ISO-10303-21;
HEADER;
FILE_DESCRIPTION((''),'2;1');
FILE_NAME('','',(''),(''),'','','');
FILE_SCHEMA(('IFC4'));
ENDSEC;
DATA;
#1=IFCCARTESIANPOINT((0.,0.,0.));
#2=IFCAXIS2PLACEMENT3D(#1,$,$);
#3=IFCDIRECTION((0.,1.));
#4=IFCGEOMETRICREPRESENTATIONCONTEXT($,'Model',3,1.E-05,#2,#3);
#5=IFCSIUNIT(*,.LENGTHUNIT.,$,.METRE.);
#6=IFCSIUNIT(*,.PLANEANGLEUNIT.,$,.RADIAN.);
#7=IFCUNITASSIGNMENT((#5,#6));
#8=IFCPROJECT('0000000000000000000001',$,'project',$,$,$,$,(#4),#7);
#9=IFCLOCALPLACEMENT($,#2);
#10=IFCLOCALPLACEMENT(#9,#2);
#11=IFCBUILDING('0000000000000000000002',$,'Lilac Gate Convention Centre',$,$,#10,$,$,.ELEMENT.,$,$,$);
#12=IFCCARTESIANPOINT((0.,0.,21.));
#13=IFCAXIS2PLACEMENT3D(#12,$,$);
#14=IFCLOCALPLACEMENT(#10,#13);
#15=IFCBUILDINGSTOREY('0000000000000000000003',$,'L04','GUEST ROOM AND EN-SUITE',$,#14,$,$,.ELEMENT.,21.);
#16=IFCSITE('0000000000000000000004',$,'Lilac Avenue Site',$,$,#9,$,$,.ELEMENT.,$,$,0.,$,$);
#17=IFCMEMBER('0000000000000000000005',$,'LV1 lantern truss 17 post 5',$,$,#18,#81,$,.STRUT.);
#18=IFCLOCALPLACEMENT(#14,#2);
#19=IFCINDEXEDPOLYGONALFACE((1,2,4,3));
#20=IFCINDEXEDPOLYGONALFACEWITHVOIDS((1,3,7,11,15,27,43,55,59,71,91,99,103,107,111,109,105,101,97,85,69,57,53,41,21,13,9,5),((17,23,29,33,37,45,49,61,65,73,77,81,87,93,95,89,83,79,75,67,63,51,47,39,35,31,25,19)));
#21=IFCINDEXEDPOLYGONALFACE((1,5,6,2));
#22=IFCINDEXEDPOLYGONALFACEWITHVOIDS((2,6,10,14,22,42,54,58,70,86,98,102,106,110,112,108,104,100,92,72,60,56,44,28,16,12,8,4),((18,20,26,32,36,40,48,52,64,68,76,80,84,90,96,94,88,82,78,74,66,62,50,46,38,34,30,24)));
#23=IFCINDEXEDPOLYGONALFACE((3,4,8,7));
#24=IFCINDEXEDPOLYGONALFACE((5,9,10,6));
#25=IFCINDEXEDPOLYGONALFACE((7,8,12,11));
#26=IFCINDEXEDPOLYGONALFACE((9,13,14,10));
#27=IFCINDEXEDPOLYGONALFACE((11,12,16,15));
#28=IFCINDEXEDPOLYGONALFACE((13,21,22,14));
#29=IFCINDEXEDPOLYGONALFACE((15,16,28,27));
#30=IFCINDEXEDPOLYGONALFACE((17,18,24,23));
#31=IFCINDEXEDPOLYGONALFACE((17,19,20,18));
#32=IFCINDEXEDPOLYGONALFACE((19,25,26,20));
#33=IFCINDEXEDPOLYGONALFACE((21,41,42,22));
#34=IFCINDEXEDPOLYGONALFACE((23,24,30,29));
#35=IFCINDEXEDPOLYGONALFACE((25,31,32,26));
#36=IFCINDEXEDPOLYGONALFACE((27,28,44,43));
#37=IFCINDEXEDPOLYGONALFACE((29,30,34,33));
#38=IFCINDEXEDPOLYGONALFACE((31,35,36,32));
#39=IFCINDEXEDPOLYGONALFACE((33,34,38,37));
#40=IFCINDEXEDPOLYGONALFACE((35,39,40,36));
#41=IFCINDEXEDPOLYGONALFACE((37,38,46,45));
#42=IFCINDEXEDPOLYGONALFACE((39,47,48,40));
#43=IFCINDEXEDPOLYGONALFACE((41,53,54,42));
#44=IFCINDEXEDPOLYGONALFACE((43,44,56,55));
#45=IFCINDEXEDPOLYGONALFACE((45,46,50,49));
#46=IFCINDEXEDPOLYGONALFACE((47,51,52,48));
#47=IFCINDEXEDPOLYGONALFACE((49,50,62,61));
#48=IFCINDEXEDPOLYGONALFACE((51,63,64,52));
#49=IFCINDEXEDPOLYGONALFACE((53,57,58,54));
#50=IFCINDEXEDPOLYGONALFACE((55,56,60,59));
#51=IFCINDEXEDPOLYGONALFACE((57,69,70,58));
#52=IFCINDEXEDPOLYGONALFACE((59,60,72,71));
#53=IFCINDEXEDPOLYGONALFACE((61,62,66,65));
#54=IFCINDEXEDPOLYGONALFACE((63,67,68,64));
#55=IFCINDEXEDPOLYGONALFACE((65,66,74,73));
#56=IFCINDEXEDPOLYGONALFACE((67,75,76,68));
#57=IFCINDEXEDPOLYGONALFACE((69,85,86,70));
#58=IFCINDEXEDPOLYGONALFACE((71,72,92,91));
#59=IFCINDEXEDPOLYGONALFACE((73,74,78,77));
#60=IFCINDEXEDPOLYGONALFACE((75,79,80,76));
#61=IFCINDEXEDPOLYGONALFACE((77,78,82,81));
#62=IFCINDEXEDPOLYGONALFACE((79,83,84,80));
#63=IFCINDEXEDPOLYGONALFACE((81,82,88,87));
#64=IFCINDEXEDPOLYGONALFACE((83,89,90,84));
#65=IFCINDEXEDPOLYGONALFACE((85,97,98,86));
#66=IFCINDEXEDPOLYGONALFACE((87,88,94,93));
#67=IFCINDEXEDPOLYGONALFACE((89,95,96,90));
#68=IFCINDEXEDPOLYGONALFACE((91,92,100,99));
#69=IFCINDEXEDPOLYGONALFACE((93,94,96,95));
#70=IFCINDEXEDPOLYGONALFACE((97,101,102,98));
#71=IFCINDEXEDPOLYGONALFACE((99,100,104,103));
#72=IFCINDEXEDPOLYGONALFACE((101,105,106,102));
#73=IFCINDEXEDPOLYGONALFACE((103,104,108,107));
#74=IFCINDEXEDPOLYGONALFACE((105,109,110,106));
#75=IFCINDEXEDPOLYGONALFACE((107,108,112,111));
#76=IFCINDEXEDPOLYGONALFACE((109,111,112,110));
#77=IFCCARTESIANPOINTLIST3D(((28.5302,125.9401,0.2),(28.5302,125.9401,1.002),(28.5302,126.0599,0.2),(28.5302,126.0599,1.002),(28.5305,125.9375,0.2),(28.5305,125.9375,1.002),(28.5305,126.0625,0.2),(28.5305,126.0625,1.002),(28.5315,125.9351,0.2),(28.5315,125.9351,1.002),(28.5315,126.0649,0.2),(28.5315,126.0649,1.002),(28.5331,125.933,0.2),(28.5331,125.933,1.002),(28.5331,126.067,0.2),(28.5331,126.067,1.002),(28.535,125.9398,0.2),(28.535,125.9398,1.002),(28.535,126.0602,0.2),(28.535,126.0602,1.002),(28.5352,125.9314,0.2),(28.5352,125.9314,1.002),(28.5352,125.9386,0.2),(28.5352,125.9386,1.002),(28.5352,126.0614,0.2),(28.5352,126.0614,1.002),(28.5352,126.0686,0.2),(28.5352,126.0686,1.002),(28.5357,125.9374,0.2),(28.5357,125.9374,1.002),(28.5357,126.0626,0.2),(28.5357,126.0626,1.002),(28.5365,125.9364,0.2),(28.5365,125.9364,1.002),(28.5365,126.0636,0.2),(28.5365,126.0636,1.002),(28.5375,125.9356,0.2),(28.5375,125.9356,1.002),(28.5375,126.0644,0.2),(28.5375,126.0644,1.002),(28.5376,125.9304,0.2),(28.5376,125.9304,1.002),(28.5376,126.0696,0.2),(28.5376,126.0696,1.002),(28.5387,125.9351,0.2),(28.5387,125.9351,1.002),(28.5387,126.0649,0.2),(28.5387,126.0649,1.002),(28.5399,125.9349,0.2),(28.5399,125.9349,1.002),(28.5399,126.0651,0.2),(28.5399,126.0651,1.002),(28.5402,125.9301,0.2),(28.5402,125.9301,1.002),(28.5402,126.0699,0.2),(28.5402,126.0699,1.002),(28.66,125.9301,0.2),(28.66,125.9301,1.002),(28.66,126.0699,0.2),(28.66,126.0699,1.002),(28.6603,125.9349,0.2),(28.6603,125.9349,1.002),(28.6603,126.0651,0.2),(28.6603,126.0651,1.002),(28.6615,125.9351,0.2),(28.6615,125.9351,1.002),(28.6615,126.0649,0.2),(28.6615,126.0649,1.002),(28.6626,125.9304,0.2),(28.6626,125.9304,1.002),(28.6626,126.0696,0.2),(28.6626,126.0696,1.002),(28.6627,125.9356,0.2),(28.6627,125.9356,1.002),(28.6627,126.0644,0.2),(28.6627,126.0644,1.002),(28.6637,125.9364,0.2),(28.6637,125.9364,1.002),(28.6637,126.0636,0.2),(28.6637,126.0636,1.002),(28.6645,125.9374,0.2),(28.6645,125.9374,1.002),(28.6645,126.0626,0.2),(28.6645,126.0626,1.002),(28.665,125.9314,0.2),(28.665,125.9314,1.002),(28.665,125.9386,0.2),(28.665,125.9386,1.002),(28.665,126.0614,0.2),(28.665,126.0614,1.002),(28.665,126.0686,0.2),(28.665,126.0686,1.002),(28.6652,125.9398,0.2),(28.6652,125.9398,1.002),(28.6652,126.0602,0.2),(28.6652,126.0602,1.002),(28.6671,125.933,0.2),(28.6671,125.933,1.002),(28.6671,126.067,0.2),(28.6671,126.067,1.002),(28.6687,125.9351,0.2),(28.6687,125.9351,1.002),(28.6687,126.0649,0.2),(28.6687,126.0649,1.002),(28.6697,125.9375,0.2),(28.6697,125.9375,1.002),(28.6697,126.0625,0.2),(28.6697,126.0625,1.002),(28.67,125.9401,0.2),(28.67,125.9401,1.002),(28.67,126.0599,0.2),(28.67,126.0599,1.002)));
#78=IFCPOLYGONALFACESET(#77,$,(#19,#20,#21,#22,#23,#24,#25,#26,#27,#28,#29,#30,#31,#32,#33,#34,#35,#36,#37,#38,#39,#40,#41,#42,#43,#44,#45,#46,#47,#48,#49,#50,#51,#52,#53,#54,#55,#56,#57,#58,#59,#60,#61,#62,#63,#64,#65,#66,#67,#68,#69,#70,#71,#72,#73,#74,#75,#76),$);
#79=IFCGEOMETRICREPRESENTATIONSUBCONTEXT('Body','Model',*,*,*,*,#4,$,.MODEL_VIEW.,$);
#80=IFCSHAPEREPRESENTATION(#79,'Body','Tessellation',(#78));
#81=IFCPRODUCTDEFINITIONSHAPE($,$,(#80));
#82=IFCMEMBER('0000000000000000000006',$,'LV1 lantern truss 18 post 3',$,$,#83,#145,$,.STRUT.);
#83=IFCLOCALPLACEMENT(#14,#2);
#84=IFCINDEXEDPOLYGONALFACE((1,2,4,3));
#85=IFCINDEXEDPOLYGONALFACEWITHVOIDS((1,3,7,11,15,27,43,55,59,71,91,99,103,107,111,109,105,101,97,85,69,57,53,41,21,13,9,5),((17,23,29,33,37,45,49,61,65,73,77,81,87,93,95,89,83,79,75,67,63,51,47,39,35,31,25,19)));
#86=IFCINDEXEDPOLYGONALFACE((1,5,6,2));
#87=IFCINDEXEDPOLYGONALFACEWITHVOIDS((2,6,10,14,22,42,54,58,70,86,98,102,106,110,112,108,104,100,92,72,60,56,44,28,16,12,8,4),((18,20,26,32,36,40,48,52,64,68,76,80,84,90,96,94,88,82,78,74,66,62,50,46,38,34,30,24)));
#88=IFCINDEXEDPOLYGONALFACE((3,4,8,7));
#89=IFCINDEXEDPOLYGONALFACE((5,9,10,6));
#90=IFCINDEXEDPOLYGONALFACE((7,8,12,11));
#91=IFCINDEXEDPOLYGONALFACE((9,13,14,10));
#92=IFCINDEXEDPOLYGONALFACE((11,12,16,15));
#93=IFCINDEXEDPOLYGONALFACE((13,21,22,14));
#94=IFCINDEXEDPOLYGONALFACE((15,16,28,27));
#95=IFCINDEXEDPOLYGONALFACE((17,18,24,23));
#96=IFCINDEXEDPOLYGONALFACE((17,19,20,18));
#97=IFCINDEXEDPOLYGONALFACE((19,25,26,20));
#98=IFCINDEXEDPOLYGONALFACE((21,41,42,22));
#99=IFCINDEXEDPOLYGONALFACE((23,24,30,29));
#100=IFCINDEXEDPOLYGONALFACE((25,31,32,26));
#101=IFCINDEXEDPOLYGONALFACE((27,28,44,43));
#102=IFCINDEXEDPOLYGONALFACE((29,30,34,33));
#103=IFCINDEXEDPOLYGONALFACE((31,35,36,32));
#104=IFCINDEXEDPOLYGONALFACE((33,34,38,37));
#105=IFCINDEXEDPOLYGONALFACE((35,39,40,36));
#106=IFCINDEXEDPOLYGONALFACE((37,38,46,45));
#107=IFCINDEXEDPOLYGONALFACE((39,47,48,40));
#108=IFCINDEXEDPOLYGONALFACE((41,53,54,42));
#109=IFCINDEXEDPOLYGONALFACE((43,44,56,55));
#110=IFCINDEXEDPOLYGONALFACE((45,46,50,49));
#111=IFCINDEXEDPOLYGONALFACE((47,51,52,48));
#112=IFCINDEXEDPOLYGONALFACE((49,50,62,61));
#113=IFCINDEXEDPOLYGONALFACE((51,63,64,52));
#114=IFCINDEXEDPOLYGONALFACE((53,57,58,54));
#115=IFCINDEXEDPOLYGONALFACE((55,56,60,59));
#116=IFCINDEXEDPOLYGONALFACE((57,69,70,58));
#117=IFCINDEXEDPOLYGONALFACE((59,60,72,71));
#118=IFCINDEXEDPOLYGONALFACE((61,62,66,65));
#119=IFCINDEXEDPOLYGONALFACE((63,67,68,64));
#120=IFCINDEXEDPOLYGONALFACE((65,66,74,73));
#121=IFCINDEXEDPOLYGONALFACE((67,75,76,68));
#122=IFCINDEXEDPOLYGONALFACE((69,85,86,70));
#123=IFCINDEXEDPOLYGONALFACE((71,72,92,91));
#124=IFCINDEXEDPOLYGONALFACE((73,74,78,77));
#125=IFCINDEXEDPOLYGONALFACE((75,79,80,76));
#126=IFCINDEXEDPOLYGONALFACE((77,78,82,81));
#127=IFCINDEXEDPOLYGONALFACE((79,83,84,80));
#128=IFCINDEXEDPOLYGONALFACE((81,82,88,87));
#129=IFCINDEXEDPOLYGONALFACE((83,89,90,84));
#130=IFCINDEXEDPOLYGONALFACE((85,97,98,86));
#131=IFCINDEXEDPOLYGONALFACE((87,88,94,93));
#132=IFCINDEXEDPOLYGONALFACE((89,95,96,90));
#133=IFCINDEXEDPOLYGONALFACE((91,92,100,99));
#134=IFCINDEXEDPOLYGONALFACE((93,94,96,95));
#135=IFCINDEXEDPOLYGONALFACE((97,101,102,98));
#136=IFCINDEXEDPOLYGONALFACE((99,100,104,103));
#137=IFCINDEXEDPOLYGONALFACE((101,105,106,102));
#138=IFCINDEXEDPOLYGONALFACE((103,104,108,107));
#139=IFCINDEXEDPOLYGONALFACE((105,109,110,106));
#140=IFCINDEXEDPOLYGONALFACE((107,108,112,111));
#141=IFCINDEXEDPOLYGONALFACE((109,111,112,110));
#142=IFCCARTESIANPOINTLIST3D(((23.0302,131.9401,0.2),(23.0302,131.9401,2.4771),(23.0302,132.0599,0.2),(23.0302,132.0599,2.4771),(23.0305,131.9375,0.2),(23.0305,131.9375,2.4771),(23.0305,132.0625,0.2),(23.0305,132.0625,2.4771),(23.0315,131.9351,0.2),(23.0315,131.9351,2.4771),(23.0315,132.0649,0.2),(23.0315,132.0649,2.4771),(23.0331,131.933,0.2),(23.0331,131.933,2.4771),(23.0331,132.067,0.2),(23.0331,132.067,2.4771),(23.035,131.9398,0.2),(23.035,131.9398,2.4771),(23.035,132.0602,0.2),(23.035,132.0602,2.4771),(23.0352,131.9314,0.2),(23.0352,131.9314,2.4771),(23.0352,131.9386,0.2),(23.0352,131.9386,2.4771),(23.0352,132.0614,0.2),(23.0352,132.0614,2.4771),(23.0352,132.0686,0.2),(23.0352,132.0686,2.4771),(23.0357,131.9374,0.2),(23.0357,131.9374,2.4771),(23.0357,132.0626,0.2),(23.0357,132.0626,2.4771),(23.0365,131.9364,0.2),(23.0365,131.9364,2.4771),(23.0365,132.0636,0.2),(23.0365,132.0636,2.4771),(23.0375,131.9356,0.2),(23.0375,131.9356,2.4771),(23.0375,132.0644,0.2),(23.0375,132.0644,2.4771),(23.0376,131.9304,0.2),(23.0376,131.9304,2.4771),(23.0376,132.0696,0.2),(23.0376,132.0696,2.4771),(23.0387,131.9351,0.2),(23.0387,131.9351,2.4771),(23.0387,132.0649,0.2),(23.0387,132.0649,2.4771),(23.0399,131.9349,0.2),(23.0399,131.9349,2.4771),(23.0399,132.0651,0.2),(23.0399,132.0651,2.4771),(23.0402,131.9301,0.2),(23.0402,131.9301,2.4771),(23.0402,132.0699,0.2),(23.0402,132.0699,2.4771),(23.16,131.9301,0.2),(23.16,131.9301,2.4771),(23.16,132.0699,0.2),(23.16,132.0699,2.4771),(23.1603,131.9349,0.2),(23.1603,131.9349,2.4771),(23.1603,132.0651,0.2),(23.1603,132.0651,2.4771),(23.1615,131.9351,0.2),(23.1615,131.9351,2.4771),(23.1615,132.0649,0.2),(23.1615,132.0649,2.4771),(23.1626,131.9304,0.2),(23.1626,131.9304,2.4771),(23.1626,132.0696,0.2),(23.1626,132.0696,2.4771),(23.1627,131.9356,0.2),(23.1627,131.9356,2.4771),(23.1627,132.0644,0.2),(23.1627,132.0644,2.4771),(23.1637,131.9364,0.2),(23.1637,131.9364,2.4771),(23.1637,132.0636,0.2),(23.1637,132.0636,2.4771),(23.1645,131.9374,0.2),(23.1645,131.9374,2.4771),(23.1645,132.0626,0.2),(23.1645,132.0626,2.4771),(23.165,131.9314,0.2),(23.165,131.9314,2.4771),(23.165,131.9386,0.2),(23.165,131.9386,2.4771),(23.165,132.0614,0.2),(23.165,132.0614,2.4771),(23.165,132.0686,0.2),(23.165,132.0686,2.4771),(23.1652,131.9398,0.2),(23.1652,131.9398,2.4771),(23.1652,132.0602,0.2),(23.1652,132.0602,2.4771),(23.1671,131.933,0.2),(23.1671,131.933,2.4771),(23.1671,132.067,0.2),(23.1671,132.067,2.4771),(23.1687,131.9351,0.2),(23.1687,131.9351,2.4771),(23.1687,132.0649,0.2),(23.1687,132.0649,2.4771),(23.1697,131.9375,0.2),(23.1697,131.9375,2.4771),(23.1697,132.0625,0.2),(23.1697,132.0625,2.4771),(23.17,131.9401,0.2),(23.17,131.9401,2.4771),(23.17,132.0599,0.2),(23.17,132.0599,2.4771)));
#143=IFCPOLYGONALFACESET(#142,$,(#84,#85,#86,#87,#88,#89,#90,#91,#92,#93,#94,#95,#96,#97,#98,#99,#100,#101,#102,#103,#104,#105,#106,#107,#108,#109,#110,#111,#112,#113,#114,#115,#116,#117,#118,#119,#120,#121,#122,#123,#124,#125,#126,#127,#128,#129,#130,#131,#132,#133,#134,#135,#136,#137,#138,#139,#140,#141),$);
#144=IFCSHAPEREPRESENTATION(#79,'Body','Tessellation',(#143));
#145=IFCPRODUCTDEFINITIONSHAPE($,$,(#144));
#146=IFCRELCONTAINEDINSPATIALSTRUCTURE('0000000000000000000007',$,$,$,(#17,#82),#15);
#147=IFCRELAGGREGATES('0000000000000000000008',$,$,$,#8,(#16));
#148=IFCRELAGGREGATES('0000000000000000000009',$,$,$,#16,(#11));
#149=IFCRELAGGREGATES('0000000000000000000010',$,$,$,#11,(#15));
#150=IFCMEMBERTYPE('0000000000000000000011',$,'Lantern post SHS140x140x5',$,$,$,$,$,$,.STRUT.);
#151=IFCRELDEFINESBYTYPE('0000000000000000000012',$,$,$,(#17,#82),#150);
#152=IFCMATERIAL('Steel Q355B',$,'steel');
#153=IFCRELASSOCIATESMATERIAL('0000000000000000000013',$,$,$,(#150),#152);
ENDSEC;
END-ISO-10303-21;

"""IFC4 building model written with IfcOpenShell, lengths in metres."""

from ifc_helpers import new_model, si_unit, direction, frame, origin, origin_2d, place, context, subcontext, project, spatial, hollow_rectangle, extrude, material, material_profile, profile_set, type_object, element, save


model = new_model("IFC4")

# Units and contexts
model_context = context("Model", 3, precision=1e-05, world=origin(), true_north=direction((0.0, 1.0)))
body_context = subcontext(model_context, "Body", "Model", "MODEL_VIEW")
ifc_project = project(units=[si_unit("LENGTHUNIT", "METRE"), si_unit("PLANEANGLEUNIT", "RADIAN")], contexts=[model_context])

# Site, building, storey
site_placement = place(None, origin())
site = spatial("IfcSite", under=ifc_project, at=site_placement, Name="Lilac Avenue Site", CompositionType="ELEMENT", RefElevation=0.0)
building_placement = place(site_placement, origin())
building = spatial("IfcBuilding", under=site, at=building_placement, Name="Lilac Gate Convention Centre", CompositionType="ELEMENT")
storey_placement = place(building_placement, frame((0.0, 0.0, 21.0)))
storey = spatial("IfcBuildingStorey", under=building, at=storey_placement, Name="L04", Description="GUEST ROOM AND EN-SUITE", CompositionType="ELEMENT", Elevation=21.0)

# Members
ifc_material_1 = material(Name="Steel Q355B", Category="steel")
ifc_material_profile_1 = material_profile(ifc_material_1, hollow_rectangle(XDim=0.1399, YDim=0.1399, WallThickness=0.0049, InnerFilletRadius=0.0049, OuterFilletRadius=0.01, at=origin_2d()), Name="SHS140x140x5")
ifc_profile_set_1 = profile_set([ifc_material_profile_1], Name="Steel Q355B")
member_type_1 = type_object("IfcMemberType", Name="Lantern post SHS140x140x5", PredefinedType="STRUT", material=ifc_profile_set_1)
member_1_placement = place(storey_placement, frame((28.6001, 126.0, 0.2), z_axis=(0.0, 0.0, 1.0), x_axis=(1.0, 0.0, 0.0)))
element("IfcMember", 1, at=member_1_placement, inside=storey, type_object=member_type_1, Name="LV1 lantern truss 17 post 5", PredefinedType="STRUT", context=body_context, shape_type="SweptSolid", body=[
    extrude(hollow_rectangle(XDim=0.1399, YDim=0.1399, WallThickness=0.0049, InnerFilletRadius=0.0049, OuterFilletRadius=0.01, at=origin_2d()), origin(), (0.0, 0.0, 1.0), 0.802),
])
member_2_placement = place(storey_placement, frame((23.1001, 132.0, 0.2), z_axis=(0.0, 0.0, 1.0), x_axis=(1.0, 0.0, 0.0)))
element("IfcMember", 2, at=member_2_placement, inside=storey, type_object=member_type_1, Name="LV1 lantern truss 18 post 3", PredefinedType="STRUT", context=body_context, shape_type="SweptSolid", body=[
    extrude(hollow_rectangle(XDim=0.1399, YDim=0.1399, WallThickness=0.0049, InnerFilletRadius=0.0049, OuterFilletRadius=0.01, at=origin_2d()), origin(), (0.0, 0.0, 1.0), 2.2771),
])

save(model, "model.ifc")
